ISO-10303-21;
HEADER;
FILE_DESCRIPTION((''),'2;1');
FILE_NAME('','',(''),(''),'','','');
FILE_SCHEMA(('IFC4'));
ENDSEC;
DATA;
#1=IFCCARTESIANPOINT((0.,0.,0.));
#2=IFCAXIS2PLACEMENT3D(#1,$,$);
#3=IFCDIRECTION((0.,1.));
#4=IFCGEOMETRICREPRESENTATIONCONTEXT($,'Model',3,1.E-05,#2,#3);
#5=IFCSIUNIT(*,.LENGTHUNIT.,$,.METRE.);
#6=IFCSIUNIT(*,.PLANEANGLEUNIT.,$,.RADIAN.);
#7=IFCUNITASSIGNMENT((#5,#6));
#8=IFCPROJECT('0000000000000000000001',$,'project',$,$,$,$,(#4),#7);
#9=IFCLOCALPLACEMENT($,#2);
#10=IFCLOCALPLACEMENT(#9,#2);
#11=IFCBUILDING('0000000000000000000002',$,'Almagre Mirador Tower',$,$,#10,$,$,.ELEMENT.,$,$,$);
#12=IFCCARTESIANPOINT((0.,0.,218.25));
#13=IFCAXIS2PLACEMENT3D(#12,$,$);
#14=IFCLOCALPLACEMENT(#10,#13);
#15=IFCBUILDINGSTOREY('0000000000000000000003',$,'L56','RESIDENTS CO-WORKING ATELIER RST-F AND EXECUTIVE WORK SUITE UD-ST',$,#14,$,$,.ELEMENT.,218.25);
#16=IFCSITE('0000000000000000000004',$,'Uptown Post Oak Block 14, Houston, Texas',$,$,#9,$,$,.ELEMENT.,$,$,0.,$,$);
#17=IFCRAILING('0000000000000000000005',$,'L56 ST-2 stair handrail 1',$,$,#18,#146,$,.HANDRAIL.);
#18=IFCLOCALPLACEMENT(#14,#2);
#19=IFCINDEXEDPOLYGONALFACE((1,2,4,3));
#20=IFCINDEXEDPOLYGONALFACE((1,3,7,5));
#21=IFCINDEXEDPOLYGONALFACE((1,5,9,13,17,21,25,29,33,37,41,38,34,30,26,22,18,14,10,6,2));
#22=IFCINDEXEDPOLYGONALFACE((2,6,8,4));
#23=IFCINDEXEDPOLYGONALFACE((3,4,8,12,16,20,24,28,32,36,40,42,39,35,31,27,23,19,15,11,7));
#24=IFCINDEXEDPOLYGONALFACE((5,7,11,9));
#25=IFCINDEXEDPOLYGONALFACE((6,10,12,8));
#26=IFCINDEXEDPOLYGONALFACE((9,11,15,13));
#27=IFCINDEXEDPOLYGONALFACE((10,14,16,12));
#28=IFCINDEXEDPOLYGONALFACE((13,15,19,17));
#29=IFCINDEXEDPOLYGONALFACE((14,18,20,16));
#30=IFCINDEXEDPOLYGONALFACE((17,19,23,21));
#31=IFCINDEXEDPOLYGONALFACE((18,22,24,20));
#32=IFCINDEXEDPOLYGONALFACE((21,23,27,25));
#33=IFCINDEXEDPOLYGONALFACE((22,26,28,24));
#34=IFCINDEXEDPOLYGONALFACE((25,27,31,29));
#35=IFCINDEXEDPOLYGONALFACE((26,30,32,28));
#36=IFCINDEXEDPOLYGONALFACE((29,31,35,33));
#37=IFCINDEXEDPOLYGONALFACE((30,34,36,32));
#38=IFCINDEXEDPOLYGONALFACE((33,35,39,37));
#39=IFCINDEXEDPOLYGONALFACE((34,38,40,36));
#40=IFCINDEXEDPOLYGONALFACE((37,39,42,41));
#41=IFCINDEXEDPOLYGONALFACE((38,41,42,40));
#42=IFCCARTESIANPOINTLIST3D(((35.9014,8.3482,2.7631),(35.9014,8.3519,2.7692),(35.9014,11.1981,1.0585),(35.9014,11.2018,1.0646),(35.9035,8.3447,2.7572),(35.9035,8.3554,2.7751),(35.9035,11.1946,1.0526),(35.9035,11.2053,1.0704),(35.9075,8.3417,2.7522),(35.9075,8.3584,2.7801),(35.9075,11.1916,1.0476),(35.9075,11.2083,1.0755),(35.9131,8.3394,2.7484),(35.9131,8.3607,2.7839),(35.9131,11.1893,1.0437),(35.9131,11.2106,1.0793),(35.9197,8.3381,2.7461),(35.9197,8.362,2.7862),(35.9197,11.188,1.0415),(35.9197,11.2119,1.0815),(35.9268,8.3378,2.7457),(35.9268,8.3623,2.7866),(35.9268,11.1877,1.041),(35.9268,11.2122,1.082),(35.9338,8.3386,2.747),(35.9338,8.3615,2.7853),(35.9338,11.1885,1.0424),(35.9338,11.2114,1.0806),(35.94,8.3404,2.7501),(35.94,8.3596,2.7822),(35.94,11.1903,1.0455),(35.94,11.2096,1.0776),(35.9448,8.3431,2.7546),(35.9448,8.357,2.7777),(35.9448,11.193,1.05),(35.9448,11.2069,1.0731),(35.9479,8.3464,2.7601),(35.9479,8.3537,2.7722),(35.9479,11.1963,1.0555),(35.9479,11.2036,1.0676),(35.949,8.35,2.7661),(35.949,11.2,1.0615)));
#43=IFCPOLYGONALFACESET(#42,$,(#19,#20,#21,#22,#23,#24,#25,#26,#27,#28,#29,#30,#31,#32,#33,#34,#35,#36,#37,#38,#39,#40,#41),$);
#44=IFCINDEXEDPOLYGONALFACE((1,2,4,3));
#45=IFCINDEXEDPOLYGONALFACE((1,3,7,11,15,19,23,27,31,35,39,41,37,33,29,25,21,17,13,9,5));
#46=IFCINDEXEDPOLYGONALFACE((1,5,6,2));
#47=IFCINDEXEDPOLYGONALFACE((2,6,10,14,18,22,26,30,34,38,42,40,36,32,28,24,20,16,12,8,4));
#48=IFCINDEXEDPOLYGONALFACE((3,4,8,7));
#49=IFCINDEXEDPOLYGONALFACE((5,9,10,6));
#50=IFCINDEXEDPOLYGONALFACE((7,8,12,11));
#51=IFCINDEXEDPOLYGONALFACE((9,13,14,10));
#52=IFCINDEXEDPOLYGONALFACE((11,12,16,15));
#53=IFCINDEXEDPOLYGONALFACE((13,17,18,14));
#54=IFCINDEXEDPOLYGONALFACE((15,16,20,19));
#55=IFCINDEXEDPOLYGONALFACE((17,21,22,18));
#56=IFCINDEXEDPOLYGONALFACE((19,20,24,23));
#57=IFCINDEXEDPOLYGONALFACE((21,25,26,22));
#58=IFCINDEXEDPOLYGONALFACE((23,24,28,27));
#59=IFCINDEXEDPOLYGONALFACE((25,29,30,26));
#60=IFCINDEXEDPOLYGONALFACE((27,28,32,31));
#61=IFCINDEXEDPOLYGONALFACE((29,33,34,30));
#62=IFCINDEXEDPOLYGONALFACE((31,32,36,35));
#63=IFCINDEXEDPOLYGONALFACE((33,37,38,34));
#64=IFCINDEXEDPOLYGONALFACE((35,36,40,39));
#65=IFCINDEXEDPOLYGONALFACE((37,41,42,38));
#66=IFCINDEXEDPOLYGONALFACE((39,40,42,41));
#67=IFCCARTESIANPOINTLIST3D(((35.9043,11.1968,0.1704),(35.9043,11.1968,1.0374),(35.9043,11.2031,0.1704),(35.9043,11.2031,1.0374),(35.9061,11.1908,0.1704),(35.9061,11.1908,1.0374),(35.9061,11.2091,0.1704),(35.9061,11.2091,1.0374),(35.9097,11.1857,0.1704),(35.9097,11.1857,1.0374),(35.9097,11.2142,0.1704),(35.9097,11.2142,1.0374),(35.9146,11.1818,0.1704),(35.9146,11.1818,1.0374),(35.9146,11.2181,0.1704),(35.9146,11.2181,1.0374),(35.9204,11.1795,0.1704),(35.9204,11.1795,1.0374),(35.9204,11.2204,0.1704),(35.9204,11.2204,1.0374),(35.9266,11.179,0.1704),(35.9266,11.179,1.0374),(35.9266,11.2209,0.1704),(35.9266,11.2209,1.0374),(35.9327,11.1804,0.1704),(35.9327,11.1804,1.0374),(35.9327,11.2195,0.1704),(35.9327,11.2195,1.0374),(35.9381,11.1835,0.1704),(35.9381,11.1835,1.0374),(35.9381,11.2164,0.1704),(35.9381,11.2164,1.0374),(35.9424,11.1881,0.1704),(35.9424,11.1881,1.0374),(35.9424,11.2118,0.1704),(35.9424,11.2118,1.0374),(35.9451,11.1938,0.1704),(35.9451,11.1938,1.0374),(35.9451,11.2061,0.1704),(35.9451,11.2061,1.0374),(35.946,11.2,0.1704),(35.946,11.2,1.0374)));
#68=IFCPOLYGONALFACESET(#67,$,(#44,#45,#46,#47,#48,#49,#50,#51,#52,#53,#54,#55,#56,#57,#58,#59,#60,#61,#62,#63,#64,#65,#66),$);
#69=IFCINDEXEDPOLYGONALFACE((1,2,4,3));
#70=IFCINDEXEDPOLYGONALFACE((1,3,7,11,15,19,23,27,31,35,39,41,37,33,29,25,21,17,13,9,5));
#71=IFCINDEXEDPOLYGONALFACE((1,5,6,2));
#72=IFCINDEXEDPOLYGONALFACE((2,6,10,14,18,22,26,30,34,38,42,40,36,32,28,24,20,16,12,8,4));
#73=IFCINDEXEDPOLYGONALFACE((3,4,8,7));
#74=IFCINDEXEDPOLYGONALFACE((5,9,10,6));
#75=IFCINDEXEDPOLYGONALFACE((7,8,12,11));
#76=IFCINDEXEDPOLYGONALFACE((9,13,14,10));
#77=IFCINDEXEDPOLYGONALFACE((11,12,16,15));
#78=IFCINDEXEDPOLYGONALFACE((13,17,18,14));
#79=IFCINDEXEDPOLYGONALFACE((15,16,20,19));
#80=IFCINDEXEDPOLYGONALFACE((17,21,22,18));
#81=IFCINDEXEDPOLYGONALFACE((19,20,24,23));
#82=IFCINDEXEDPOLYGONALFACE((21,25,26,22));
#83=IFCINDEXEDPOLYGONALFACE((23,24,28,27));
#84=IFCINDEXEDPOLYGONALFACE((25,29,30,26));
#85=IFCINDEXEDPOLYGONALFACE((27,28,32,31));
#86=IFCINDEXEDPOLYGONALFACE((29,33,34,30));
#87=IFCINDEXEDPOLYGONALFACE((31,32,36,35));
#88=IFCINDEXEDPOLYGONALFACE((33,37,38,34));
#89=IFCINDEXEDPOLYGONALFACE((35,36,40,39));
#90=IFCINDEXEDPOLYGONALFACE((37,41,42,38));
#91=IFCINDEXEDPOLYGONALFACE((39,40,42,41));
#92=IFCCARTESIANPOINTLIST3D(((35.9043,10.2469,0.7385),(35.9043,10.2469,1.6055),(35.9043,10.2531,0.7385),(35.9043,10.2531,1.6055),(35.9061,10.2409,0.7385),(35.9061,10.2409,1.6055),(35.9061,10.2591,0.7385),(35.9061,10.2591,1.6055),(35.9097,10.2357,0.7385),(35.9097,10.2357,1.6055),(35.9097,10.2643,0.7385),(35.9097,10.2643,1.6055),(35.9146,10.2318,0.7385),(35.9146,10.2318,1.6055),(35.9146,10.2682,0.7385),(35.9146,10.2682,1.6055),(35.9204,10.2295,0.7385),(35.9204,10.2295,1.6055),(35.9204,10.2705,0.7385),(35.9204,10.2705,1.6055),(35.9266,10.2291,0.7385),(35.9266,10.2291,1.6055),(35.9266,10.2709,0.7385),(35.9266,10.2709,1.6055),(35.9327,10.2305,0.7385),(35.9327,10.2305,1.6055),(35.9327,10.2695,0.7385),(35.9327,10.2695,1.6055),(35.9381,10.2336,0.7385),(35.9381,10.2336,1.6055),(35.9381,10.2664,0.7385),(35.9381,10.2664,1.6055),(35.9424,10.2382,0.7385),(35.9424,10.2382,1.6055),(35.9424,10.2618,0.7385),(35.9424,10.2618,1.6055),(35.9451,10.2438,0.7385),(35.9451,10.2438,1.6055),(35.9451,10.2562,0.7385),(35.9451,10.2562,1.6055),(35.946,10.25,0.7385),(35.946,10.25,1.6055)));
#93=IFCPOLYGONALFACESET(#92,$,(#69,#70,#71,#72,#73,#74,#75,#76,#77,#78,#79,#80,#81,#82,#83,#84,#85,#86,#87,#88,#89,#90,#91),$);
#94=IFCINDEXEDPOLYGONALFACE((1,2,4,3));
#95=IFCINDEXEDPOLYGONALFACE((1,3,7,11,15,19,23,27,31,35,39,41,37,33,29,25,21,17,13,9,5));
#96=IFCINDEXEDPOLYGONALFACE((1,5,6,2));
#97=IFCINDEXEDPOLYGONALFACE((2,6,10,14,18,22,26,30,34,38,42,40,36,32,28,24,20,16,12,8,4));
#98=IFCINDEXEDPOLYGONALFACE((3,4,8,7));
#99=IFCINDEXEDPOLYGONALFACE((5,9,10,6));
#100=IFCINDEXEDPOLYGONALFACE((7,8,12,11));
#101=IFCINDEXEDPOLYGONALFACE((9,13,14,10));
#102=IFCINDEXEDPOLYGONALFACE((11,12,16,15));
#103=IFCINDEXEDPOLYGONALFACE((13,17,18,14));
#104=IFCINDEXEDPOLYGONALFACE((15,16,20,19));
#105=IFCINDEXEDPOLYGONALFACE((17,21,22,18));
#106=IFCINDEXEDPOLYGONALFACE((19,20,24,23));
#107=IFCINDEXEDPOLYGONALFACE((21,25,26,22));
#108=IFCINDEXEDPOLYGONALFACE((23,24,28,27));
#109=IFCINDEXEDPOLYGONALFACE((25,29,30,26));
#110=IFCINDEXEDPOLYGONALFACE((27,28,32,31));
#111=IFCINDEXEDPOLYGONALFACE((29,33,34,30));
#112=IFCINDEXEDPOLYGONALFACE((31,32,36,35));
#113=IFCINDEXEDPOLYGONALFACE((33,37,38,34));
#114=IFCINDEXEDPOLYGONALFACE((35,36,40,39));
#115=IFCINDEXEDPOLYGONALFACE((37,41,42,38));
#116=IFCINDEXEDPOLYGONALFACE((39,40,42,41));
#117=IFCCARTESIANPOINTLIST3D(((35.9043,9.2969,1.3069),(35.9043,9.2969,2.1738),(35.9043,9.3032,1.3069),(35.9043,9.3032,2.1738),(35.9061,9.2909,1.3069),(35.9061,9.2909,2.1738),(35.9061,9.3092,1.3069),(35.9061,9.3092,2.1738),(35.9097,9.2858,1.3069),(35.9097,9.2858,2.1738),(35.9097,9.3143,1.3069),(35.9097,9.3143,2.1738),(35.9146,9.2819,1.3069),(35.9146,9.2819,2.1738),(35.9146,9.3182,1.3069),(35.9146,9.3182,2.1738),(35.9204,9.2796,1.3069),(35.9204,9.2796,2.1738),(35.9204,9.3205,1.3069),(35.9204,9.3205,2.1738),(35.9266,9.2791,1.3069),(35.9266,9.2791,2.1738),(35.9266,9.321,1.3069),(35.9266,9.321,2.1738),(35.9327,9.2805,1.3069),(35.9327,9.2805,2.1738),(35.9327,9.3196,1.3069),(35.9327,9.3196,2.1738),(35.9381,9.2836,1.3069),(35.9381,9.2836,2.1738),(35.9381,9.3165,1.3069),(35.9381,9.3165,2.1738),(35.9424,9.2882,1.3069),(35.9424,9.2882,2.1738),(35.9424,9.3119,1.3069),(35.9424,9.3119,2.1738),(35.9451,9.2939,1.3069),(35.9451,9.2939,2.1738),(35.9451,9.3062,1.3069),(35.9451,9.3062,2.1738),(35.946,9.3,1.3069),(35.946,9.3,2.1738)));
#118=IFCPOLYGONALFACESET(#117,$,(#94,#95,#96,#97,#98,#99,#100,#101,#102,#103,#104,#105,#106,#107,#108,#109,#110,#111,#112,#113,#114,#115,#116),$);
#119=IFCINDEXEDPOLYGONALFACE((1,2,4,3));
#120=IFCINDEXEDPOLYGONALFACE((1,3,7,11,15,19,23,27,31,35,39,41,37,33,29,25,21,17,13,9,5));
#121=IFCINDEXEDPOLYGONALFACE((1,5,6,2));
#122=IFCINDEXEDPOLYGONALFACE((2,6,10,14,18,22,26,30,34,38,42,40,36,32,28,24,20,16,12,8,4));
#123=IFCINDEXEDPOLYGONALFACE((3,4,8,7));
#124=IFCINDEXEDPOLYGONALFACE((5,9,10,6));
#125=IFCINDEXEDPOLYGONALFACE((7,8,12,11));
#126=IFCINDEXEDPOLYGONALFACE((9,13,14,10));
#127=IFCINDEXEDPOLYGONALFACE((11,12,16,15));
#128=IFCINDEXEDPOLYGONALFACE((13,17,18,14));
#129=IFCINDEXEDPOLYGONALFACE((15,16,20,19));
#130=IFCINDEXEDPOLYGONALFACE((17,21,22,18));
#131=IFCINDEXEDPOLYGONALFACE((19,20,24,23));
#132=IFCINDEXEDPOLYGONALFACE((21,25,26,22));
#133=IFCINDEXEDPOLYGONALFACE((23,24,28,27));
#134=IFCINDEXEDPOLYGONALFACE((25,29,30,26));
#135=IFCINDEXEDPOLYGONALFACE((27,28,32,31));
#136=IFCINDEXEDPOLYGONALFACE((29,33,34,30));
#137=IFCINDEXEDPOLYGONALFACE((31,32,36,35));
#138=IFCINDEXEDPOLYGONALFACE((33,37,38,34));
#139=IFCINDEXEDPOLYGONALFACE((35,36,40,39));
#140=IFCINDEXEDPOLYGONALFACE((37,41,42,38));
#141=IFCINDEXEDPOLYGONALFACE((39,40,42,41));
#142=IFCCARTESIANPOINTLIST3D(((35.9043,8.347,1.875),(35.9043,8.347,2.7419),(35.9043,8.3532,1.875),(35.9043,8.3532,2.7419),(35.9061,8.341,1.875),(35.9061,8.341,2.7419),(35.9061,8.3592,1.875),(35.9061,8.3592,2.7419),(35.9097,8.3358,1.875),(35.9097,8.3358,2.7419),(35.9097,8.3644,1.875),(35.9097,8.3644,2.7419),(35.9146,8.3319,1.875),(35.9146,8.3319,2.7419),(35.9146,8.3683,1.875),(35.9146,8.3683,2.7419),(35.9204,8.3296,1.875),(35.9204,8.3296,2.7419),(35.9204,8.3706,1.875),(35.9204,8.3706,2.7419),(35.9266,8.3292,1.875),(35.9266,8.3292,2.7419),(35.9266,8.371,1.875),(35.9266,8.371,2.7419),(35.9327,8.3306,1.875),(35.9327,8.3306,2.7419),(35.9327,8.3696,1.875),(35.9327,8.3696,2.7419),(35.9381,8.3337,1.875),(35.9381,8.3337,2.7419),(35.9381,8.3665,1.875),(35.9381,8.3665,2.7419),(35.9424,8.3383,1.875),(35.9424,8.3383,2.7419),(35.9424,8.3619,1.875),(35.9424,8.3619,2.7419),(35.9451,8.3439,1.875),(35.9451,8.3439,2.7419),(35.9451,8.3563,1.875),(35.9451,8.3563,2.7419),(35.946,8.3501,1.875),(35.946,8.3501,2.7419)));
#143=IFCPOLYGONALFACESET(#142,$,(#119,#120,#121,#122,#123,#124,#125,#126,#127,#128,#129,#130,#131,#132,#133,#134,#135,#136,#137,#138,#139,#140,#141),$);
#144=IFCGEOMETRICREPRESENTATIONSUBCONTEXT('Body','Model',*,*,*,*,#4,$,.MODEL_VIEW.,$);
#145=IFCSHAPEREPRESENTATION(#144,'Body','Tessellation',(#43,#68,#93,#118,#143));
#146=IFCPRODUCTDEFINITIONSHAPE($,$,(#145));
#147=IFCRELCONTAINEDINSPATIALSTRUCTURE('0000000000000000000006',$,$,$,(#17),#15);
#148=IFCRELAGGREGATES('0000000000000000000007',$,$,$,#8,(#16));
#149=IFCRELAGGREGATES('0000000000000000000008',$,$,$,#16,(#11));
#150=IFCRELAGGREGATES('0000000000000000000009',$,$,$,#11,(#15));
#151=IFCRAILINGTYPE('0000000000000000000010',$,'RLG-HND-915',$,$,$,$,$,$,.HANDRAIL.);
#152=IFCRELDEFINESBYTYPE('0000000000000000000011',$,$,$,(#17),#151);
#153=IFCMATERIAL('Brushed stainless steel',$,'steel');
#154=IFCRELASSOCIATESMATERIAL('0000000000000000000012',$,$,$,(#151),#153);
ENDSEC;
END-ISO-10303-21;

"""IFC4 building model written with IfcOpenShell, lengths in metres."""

from ifc_helpers import new_model, si_unit, direction, frame, origin, origin_2d, place, context, subcontext, project, spatial, circle, extrude, material, type_object, element, save


model = new_model("IFC4")

# Units and contexts
model_context = context("Model", 3, precision=1e-05, world=origin(), true_north=direction((0.0, 1.0)))
body_context = subcontext(model_context, "Body", "Model", "MODEL_VIEW")
ifc_project = project(units=[si_unit("LENGTHUNIT", "METRE"), si_unit("PLANEANGLEUNIT", "RADIAN")], contexts=[model_context])

# Site, building, storey
site_placement = place(None, origin())
site = spatial("IfcSite", under=ifc_project, at=site_placement, Name="Uptown Post Oak Block 14, Houston, Texas", CompositionType="ELEMENT", RefElevation=0.0)
building_placement = place(site_placement, origin())
building = spatial("IfcBuilding", under=site, at=building_placement, Name="Almagre Mirador Tower", CompositionType="ELEMENT")
storey_placement = place(building_placement, frame((0.0, 0.0, 218.25)))
storey = spatial("IfcBuildingStorey", under=building, at=storey_placement, Name="L56", Description="RESIDENTS CO-WORKING ATELIER RST-F AND EXECUTIVE WORK SUITE UD-ST", CompositionType="ELEMENT", Elevation=218.25)

# Railing
ifc_material_1 = material(Name="Brushed stainless steel", Category="steel")
railing_type_1 = type_object("IfcRailingType", Name="RLG-HND-915", PredefinedType="HANDRAIL", material=ifc_material_1)
railing_1_placement = place(storey_placement, frame((35.925, 11.2, 0.1704)))
element("IfcRailing", 1, at=railing_1_placement, inside=storey, type_object=railing_type_1, Name="L56 ST-2 stair handrail 1", PredefinedType="HANDRAIL", context=body_context, shape_type="SweptSolid", body=[
    extrude(circle(Radius=0.0239, at=origin_2d()), frame((0.0, 0.0, 0.8911), z_axis=(0.0, -0.858199, 0.513317), x_axis=(1.0, 0.0, 0.0)), (0.0, 0.0, 1.0), 3.3208),
    extrude(circle(Radius=0.021, at=origin_2d()), origin(), (0.0, 0.0, 1.0), 0.8669),
    extrude(circle(Radius=0.021, at=origin_2d()), frame((0.0, -0.95, 0.5681)), (0.0, 0.0, 1.0), 0.8669),
    extrude(circle(Radius=0.021, at=origin_2d()), frame((0.0, -1.8999, 1.1365)), (0.0, 0.0, 1.0), 0.8669),
    extrude(circle(Radius=0.021, at=origin_2d()), frame((0.0, -2.8499, 1.7046)), (0.0, 0.0, 1.0), 0.8669),
])

save(model, "model.ifc")
